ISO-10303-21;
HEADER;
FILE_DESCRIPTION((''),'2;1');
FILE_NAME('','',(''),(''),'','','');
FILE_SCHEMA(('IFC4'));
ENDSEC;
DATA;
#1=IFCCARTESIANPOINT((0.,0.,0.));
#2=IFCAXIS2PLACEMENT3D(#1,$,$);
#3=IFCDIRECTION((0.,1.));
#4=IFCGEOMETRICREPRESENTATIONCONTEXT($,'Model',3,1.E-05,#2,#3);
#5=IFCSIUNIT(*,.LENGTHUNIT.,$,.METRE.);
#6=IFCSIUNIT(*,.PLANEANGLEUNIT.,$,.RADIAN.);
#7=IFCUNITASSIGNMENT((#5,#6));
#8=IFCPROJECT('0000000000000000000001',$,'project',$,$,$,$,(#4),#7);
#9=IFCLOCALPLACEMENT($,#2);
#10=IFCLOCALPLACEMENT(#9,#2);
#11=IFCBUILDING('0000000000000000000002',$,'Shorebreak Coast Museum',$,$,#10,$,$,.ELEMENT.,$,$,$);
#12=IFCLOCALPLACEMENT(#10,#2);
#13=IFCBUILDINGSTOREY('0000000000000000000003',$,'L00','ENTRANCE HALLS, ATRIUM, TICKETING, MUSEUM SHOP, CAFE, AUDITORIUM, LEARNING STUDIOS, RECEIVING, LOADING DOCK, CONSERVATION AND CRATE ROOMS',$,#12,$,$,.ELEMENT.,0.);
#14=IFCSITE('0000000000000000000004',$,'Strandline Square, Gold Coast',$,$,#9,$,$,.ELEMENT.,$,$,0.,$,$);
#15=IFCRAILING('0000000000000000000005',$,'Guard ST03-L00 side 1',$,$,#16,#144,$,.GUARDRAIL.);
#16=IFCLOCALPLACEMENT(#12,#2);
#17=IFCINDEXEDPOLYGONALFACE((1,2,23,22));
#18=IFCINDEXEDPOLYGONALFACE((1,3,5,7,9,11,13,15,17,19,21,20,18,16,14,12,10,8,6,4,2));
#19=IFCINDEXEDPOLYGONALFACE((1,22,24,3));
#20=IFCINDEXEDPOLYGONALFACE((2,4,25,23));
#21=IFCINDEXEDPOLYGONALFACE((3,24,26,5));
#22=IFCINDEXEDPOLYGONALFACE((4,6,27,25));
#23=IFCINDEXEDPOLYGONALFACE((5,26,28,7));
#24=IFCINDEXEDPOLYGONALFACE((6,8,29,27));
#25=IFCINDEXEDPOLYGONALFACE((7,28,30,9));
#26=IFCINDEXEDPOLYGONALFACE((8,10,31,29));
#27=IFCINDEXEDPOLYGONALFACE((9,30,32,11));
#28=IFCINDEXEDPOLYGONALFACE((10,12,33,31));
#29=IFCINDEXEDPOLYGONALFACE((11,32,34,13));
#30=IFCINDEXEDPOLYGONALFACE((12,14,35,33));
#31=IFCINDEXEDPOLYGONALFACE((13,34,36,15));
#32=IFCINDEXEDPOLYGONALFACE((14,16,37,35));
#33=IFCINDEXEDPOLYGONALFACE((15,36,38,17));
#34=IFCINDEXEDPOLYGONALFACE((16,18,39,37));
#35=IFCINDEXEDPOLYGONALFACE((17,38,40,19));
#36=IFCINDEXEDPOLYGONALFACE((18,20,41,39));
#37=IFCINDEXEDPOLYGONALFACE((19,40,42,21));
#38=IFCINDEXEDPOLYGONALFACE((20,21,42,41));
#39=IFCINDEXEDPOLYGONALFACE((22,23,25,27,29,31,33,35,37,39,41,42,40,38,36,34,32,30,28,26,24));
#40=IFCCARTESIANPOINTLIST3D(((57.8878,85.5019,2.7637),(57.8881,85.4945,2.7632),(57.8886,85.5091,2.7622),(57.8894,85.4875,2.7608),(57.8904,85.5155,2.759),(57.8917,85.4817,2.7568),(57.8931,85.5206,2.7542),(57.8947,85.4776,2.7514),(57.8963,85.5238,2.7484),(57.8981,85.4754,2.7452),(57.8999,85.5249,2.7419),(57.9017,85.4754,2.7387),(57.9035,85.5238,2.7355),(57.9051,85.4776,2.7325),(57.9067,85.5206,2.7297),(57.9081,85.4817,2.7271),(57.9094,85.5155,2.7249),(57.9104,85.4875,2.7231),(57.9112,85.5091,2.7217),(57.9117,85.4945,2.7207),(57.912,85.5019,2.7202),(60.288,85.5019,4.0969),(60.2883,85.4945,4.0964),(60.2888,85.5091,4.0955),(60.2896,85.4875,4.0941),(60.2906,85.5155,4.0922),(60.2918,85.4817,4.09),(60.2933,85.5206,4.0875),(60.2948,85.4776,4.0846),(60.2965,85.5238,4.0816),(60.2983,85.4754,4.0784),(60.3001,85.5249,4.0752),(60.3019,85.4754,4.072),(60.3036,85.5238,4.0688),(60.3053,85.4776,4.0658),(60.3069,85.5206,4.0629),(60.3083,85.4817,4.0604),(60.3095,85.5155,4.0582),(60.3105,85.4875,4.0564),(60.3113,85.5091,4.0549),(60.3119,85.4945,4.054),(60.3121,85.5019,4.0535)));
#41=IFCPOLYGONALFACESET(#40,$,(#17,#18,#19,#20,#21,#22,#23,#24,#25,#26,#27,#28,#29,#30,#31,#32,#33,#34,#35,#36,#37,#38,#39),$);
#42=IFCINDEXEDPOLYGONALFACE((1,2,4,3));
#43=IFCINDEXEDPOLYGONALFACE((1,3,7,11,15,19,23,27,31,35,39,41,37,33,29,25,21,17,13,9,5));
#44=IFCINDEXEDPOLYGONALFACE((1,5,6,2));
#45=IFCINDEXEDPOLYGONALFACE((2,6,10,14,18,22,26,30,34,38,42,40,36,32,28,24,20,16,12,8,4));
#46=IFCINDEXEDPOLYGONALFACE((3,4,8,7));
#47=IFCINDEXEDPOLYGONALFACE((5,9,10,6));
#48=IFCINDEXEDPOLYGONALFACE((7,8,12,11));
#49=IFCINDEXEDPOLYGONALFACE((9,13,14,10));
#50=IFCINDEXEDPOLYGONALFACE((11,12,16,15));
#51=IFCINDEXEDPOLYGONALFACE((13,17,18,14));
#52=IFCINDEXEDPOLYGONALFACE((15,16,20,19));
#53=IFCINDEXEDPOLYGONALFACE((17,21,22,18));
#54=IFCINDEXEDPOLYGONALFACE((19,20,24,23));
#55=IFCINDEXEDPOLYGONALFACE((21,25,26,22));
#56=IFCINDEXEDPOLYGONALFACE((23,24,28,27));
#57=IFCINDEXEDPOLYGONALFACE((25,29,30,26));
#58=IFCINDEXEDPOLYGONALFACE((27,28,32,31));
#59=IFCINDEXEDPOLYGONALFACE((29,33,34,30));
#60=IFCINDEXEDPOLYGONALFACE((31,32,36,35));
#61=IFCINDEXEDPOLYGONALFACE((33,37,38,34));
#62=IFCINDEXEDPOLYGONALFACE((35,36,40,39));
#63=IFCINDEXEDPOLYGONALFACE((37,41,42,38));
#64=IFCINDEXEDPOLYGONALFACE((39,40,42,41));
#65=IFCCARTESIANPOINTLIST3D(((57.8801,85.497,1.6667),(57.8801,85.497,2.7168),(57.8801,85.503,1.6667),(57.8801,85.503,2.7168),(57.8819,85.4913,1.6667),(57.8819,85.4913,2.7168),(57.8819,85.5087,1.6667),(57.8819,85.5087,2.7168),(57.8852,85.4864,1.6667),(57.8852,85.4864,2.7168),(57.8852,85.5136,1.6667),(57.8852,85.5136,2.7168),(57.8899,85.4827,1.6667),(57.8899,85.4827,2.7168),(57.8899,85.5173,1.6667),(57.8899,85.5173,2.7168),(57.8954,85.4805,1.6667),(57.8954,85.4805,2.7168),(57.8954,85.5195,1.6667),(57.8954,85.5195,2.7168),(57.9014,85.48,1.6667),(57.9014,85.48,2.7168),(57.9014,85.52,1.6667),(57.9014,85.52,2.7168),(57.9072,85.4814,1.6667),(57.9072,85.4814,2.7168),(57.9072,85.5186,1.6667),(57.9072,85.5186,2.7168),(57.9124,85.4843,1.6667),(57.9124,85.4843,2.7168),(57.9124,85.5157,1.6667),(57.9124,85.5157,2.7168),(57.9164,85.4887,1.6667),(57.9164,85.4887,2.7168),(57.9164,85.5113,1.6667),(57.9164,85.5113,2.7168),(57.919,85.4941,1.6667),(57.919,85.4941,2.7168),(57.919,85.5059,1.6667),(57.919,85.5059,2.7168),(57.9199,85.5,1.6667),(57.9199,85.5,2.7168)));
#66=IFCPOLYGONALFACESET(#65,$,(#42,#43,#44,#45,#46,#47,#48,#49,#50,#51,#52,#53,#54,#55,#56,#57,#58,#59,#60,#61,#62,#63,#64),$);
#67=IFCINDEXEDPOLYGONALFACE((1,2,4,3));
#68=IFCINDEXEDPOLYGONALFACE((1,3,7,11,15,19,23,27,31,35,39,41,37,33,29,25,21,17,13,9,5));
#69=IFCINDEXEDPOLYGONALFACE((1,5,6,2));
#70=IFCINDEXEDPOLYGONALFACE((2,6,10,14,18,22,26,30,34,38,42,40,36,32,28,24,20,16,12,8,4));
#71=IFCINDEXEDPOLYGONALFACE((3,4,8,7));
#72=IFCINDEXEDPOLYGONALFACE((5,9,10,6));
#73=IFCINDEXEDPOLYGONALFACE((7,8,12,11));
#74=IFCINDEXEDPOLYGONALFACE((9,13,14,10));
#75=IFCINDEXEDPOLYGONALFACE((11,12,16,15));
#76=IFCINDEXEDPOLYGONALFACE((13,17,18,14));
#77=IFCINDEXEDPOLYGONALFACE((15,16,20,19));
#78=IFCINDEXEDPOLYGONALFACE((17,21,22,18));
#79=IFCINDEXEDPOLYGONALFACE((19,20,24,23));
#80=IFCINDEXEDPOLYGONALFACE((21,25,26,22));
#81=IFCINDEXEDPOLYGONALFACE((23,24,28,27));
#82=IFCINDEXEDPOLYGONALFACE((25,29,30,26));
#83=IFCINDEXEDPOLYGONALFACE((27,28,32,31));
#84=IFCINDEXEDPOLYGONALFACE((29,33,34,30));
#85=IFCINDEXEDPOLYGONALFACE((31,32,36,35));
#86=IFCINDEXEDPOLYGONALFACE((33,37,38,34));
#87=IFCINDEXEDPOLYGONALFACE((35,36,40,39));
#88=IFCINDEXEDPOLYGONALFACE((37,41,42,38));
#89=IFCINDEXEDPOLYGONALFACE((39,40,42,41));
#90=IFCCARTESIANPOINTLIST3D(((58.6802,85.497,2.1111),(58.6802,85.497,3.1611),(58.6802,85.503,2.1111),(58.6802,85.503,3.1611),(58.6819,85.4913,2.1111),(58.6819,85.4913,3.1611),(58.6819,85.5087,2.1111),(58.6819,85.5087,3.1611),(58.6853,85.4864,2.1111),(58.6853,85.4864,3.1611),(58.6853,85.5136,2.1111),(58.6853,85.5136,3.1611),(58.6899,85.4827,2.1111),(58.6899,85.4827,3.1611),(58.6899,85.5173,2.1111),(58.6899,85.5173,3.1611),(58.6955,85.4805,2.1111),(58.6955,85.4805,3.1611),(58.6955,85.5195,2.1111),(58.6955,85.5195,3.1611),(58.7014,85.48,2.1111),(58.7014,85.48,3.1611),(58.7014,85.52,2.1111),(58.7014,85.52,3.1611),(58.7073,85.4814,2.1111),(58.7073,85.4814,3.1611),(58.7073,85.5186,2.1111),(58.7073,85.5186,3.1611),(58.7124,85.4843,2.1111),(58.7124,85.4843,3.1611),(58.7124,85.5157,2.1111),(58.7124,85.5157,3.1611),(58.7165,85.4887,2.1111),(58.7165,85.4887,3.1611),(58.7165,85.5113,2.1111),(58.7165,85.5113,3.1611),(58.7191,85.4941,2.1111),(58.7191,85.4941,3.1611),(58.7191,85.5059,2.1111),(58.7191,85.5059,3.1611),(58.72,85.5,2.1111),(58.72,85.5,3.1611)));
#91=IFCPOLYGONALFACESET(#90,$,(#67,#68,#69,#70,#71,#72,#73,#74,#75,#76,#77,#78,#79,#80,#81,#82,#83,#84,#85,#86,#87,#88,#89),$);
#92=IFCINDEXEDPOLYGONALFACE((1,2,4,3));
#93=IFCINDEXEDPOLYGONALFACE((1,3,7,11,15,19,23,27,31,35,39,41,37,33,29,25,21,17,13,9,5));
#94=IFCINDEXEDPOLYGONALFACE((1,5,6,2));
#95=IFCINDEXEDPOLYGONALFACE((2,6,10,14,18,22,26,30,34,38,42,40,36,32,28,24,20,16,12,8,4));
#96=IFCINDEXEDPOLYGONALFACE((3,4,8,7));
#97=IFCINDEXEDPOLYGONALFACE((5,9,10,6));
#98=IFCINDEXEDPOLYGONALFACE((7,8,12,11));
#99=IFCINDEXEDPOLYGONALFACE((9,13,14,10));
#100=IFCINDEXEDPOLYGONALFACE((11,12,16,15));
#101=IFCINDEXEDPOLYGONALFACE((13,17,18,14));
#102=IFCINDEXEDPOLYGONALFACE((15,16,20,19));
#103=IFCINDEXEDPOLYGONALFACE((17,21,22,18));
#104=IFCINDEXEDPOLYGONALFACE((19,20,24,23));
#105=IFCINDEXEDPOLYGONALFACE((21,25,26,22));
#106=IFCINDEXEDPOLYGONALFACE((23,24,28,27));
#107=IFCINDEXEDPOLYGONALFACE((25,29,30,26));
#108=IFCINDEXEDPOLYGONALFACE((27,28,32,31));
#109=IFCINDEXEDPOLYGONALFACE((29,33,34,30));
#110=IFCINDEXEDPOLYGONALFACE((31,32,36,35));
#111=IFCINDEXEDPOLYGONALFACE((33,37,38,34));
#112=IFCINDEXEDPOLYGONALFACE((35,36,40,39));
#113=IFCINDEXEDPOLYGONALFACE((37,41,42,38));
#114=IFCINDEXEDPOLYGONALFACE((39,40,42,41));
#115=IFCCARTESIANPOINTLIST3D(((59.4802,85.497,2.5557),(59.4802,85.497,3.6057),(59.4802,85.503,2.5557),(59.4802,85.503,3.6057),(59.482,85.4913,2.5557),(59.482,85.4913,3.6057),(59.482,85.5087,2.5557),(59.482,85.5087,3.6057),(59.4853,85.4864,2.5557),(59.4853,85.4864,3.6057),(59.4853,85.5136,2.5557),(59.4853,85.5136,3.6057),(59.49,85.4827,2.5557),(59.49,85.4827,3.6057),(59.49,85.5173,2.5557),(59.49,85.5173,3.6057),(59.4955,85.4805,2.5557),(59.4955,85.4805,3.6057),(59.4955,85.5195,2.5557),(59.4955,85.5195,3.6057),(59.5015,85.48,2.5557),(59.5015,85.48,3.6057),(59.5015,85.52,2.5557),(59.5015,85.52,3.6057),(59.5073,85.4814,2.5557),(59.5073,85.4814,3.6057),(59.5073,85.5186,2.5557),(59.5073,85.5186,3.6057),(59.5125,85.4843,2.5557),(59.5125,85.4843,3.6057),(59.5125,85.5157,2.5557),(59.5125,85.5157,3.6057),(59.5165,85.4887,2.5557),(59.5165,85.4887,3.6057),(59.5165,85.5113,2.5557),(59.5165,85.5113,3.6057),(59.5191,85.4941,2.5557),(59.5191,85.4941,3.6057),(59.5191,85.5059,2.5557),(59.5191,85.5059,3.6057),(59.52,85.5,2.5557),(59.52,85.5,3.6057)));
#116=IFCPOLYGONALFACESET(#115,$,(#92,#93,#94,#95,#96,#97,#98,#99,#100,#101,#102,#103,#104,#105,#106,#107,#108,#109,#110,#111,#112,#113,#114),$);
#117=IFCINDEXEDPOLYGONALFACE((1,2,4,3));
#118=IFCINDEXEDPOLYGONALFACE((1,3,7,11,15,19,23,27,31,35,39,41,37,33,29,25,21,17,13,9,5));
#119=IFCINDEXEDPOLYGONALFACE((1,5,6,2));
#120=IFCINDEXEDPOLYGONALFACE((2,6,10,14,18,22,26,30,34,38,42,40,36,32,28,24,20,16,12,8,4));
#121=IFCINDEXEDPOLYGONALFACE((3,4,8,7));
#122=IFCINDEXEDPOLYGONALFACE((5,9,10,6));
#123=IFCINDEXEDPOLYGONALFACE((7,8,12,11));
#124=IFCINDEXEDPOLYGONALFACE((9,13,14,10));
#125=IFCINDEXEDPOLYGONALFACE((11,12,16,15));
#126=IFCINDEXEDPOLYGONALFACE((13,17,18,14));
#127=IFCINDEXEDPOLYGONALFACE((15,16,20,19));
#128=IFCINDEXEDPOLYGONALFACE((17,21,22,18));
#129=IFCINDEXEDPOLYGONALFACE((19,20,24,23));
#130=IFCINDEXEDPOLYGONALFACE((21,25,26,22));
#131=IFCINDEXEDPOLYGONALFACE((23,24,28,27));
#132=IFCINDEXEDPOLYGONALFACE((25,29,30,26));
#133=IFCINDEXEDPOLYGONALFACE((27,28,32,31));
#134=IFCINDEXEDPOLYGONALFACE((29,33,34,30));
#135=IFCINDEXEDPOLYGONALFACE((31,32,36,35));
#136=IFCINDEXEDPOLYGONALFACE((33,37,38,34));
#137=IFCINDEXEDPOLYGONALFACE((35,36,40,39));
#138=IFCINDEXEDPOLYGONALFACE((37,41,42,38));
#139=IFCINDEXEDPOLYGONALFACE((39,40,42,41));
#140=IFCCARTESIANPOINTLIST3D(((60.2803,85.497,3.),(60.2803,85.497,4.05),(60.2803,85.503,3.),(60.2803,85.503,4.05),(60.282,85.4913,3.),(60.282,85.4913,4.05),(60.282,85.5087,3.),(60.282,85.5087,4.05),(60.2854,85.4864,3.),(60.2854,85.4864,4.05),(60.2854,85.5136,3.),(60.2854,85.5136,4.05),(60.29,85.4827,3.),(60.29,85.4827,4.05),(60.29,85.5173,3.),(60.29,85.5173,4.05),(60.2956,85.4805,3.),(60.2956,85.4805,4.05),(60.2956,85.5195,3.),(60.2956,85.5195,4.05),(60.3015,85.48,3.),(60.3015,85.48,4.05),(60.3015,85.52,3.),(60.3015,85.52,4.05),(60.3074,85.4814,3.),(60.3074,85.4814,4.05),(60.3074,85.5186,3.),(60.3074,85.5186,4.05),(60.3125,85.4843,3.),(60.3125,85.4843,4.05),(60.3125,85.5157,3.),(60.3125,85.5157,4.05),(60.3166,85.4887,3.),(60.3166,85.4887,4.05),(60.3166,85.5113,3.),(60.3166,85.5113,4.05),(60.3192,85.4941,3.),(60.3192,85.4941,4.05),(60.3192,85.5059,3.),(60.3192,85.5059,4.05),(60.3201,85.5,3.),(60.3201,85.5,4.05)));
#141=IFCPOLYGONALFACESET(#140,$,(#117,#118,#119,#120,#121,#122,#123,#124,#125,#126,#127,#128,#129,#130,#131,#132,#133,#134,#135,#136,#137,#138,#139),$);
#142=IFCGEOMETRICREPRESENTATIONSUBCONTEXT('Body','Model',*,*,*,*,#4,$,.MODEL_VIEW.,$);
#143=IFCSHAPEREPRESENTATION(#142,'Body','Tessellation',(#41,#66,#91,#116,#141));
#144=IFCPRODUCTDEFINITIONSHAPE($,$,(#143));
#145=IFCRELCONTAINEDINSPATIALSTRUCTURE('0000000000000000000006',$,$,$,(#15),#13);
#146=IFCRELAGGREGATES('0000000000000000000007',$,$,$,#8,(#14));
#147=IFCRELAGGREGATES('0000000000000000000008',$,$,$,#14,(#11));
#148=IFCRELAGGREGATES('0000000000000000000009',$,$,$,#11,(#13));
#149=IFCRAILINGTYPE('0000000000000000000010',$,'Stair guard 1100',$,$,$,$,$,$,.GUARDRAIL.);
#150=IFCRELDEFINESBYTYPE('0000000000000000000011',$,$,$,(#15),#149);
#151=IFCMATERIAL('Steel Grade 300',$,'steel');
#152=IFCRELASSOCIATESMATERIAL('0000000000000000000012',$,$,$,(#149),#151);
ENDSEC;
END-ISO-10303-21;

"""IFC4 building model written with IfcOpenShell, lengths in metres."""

from ifc_helpers import new_model, si_unit, direction, frame, origin, origin_2d, place, context, subcontext, project, spatial, circle, extrude, material, type_object, element, save


model = new_model("IFC4")

# Units and contexts
model_context = context("Model", 3, precision=1e-05, world=origin(), true_north=direction((0.0, 1.0)))
body_context = subcontext(model_context, "Body", "Model", "MODEL_VIEW")
ifc_project = project(units=[si_unit("LENGTHUNIT", "METRE"), si_unit("PLANEANGLEUNIT", "RADIAN")], contexts=[model_context])

# Site, building, storey
site_placement = place(None, origin())
site = spatial("IfcSite", under=ifc_project, at=site_placement, Name="Strandline Square, Gold Coast", CompositionType="ELEMENT", RefElevation=0.0)
building_placement = place(site_placement, origin())
building = spatial("IfcBuilding", under=site, at=building_placement, Name="Shorebreak Coast Museum", CompositionType="ELEMENT")
storey_placement = place(building_placement, origin())
storey = spatial("IfcBuildingStorey", under=building, at=storey_placement, Name="L00", Description="ENTRANCE HALLS, ATRIUM, TICKETING, MUSEUM SHOP, CAFE, AUDITORIUM, LEARNING STUDIOS, RECEIVING, LOADING DOCK, CONSERVATION AND CRATE ROOMS", CompositionType="ELEMENT", Elevation=0.0)

# Railing
ifc_material_1 = material(Name="Steel Grade 300", Category="steel")
railing_type_1 = type_object("IfcRailingType", Name="Stair guard 1100", PredefinedType="GUARDRAIL", material=ifc_material_1)
for number, where, name in (
    (1, (57.8999, 85.5, 1.6667), "Guard ST03-L00 side 1"),
):
    element("IfcRailing", number, at=place(storey_placement, frame(where)), inside=storey, type_object=railing_type_1, Name=name, PredefinedType="GUARDRAIL", context=body_context, shape_type="SweptSolid", body=[
        extrude(circle(Radius=0.0249, at=origin_2d()), frame((0.0, 0.0, 1.0752), z_axis=(0.874182, 0.0, 0.485598), x_axis=(0.0, 1.0, 0.0)), (0.0, 0.0, 1.0), 2.7456),
        extrude(circle(Radius=0.02, at=origin_2d()), origin(), (0.0, 0.0, 1.0), 1.05),
        extrude(circle(Radius=0.02, at=origin_2d()), frame((0.8, 0.0, 0.4443)), (0.0, 0.0, 1.0), 1.05),
        extrude(circle(Radius=0.02, at=origin_2d()), frame((1.6001, 0.0, 0.8889)), (0.0, 0.0, 1.0), 1.05),
        extrude(circle(Radius=0.02, at=origin_2d()), frame((2.4001, 0.0, 1.3333)), (0.0, 0.0, 1.0), 1.05),
    ])

save(model, "model.ifc")
